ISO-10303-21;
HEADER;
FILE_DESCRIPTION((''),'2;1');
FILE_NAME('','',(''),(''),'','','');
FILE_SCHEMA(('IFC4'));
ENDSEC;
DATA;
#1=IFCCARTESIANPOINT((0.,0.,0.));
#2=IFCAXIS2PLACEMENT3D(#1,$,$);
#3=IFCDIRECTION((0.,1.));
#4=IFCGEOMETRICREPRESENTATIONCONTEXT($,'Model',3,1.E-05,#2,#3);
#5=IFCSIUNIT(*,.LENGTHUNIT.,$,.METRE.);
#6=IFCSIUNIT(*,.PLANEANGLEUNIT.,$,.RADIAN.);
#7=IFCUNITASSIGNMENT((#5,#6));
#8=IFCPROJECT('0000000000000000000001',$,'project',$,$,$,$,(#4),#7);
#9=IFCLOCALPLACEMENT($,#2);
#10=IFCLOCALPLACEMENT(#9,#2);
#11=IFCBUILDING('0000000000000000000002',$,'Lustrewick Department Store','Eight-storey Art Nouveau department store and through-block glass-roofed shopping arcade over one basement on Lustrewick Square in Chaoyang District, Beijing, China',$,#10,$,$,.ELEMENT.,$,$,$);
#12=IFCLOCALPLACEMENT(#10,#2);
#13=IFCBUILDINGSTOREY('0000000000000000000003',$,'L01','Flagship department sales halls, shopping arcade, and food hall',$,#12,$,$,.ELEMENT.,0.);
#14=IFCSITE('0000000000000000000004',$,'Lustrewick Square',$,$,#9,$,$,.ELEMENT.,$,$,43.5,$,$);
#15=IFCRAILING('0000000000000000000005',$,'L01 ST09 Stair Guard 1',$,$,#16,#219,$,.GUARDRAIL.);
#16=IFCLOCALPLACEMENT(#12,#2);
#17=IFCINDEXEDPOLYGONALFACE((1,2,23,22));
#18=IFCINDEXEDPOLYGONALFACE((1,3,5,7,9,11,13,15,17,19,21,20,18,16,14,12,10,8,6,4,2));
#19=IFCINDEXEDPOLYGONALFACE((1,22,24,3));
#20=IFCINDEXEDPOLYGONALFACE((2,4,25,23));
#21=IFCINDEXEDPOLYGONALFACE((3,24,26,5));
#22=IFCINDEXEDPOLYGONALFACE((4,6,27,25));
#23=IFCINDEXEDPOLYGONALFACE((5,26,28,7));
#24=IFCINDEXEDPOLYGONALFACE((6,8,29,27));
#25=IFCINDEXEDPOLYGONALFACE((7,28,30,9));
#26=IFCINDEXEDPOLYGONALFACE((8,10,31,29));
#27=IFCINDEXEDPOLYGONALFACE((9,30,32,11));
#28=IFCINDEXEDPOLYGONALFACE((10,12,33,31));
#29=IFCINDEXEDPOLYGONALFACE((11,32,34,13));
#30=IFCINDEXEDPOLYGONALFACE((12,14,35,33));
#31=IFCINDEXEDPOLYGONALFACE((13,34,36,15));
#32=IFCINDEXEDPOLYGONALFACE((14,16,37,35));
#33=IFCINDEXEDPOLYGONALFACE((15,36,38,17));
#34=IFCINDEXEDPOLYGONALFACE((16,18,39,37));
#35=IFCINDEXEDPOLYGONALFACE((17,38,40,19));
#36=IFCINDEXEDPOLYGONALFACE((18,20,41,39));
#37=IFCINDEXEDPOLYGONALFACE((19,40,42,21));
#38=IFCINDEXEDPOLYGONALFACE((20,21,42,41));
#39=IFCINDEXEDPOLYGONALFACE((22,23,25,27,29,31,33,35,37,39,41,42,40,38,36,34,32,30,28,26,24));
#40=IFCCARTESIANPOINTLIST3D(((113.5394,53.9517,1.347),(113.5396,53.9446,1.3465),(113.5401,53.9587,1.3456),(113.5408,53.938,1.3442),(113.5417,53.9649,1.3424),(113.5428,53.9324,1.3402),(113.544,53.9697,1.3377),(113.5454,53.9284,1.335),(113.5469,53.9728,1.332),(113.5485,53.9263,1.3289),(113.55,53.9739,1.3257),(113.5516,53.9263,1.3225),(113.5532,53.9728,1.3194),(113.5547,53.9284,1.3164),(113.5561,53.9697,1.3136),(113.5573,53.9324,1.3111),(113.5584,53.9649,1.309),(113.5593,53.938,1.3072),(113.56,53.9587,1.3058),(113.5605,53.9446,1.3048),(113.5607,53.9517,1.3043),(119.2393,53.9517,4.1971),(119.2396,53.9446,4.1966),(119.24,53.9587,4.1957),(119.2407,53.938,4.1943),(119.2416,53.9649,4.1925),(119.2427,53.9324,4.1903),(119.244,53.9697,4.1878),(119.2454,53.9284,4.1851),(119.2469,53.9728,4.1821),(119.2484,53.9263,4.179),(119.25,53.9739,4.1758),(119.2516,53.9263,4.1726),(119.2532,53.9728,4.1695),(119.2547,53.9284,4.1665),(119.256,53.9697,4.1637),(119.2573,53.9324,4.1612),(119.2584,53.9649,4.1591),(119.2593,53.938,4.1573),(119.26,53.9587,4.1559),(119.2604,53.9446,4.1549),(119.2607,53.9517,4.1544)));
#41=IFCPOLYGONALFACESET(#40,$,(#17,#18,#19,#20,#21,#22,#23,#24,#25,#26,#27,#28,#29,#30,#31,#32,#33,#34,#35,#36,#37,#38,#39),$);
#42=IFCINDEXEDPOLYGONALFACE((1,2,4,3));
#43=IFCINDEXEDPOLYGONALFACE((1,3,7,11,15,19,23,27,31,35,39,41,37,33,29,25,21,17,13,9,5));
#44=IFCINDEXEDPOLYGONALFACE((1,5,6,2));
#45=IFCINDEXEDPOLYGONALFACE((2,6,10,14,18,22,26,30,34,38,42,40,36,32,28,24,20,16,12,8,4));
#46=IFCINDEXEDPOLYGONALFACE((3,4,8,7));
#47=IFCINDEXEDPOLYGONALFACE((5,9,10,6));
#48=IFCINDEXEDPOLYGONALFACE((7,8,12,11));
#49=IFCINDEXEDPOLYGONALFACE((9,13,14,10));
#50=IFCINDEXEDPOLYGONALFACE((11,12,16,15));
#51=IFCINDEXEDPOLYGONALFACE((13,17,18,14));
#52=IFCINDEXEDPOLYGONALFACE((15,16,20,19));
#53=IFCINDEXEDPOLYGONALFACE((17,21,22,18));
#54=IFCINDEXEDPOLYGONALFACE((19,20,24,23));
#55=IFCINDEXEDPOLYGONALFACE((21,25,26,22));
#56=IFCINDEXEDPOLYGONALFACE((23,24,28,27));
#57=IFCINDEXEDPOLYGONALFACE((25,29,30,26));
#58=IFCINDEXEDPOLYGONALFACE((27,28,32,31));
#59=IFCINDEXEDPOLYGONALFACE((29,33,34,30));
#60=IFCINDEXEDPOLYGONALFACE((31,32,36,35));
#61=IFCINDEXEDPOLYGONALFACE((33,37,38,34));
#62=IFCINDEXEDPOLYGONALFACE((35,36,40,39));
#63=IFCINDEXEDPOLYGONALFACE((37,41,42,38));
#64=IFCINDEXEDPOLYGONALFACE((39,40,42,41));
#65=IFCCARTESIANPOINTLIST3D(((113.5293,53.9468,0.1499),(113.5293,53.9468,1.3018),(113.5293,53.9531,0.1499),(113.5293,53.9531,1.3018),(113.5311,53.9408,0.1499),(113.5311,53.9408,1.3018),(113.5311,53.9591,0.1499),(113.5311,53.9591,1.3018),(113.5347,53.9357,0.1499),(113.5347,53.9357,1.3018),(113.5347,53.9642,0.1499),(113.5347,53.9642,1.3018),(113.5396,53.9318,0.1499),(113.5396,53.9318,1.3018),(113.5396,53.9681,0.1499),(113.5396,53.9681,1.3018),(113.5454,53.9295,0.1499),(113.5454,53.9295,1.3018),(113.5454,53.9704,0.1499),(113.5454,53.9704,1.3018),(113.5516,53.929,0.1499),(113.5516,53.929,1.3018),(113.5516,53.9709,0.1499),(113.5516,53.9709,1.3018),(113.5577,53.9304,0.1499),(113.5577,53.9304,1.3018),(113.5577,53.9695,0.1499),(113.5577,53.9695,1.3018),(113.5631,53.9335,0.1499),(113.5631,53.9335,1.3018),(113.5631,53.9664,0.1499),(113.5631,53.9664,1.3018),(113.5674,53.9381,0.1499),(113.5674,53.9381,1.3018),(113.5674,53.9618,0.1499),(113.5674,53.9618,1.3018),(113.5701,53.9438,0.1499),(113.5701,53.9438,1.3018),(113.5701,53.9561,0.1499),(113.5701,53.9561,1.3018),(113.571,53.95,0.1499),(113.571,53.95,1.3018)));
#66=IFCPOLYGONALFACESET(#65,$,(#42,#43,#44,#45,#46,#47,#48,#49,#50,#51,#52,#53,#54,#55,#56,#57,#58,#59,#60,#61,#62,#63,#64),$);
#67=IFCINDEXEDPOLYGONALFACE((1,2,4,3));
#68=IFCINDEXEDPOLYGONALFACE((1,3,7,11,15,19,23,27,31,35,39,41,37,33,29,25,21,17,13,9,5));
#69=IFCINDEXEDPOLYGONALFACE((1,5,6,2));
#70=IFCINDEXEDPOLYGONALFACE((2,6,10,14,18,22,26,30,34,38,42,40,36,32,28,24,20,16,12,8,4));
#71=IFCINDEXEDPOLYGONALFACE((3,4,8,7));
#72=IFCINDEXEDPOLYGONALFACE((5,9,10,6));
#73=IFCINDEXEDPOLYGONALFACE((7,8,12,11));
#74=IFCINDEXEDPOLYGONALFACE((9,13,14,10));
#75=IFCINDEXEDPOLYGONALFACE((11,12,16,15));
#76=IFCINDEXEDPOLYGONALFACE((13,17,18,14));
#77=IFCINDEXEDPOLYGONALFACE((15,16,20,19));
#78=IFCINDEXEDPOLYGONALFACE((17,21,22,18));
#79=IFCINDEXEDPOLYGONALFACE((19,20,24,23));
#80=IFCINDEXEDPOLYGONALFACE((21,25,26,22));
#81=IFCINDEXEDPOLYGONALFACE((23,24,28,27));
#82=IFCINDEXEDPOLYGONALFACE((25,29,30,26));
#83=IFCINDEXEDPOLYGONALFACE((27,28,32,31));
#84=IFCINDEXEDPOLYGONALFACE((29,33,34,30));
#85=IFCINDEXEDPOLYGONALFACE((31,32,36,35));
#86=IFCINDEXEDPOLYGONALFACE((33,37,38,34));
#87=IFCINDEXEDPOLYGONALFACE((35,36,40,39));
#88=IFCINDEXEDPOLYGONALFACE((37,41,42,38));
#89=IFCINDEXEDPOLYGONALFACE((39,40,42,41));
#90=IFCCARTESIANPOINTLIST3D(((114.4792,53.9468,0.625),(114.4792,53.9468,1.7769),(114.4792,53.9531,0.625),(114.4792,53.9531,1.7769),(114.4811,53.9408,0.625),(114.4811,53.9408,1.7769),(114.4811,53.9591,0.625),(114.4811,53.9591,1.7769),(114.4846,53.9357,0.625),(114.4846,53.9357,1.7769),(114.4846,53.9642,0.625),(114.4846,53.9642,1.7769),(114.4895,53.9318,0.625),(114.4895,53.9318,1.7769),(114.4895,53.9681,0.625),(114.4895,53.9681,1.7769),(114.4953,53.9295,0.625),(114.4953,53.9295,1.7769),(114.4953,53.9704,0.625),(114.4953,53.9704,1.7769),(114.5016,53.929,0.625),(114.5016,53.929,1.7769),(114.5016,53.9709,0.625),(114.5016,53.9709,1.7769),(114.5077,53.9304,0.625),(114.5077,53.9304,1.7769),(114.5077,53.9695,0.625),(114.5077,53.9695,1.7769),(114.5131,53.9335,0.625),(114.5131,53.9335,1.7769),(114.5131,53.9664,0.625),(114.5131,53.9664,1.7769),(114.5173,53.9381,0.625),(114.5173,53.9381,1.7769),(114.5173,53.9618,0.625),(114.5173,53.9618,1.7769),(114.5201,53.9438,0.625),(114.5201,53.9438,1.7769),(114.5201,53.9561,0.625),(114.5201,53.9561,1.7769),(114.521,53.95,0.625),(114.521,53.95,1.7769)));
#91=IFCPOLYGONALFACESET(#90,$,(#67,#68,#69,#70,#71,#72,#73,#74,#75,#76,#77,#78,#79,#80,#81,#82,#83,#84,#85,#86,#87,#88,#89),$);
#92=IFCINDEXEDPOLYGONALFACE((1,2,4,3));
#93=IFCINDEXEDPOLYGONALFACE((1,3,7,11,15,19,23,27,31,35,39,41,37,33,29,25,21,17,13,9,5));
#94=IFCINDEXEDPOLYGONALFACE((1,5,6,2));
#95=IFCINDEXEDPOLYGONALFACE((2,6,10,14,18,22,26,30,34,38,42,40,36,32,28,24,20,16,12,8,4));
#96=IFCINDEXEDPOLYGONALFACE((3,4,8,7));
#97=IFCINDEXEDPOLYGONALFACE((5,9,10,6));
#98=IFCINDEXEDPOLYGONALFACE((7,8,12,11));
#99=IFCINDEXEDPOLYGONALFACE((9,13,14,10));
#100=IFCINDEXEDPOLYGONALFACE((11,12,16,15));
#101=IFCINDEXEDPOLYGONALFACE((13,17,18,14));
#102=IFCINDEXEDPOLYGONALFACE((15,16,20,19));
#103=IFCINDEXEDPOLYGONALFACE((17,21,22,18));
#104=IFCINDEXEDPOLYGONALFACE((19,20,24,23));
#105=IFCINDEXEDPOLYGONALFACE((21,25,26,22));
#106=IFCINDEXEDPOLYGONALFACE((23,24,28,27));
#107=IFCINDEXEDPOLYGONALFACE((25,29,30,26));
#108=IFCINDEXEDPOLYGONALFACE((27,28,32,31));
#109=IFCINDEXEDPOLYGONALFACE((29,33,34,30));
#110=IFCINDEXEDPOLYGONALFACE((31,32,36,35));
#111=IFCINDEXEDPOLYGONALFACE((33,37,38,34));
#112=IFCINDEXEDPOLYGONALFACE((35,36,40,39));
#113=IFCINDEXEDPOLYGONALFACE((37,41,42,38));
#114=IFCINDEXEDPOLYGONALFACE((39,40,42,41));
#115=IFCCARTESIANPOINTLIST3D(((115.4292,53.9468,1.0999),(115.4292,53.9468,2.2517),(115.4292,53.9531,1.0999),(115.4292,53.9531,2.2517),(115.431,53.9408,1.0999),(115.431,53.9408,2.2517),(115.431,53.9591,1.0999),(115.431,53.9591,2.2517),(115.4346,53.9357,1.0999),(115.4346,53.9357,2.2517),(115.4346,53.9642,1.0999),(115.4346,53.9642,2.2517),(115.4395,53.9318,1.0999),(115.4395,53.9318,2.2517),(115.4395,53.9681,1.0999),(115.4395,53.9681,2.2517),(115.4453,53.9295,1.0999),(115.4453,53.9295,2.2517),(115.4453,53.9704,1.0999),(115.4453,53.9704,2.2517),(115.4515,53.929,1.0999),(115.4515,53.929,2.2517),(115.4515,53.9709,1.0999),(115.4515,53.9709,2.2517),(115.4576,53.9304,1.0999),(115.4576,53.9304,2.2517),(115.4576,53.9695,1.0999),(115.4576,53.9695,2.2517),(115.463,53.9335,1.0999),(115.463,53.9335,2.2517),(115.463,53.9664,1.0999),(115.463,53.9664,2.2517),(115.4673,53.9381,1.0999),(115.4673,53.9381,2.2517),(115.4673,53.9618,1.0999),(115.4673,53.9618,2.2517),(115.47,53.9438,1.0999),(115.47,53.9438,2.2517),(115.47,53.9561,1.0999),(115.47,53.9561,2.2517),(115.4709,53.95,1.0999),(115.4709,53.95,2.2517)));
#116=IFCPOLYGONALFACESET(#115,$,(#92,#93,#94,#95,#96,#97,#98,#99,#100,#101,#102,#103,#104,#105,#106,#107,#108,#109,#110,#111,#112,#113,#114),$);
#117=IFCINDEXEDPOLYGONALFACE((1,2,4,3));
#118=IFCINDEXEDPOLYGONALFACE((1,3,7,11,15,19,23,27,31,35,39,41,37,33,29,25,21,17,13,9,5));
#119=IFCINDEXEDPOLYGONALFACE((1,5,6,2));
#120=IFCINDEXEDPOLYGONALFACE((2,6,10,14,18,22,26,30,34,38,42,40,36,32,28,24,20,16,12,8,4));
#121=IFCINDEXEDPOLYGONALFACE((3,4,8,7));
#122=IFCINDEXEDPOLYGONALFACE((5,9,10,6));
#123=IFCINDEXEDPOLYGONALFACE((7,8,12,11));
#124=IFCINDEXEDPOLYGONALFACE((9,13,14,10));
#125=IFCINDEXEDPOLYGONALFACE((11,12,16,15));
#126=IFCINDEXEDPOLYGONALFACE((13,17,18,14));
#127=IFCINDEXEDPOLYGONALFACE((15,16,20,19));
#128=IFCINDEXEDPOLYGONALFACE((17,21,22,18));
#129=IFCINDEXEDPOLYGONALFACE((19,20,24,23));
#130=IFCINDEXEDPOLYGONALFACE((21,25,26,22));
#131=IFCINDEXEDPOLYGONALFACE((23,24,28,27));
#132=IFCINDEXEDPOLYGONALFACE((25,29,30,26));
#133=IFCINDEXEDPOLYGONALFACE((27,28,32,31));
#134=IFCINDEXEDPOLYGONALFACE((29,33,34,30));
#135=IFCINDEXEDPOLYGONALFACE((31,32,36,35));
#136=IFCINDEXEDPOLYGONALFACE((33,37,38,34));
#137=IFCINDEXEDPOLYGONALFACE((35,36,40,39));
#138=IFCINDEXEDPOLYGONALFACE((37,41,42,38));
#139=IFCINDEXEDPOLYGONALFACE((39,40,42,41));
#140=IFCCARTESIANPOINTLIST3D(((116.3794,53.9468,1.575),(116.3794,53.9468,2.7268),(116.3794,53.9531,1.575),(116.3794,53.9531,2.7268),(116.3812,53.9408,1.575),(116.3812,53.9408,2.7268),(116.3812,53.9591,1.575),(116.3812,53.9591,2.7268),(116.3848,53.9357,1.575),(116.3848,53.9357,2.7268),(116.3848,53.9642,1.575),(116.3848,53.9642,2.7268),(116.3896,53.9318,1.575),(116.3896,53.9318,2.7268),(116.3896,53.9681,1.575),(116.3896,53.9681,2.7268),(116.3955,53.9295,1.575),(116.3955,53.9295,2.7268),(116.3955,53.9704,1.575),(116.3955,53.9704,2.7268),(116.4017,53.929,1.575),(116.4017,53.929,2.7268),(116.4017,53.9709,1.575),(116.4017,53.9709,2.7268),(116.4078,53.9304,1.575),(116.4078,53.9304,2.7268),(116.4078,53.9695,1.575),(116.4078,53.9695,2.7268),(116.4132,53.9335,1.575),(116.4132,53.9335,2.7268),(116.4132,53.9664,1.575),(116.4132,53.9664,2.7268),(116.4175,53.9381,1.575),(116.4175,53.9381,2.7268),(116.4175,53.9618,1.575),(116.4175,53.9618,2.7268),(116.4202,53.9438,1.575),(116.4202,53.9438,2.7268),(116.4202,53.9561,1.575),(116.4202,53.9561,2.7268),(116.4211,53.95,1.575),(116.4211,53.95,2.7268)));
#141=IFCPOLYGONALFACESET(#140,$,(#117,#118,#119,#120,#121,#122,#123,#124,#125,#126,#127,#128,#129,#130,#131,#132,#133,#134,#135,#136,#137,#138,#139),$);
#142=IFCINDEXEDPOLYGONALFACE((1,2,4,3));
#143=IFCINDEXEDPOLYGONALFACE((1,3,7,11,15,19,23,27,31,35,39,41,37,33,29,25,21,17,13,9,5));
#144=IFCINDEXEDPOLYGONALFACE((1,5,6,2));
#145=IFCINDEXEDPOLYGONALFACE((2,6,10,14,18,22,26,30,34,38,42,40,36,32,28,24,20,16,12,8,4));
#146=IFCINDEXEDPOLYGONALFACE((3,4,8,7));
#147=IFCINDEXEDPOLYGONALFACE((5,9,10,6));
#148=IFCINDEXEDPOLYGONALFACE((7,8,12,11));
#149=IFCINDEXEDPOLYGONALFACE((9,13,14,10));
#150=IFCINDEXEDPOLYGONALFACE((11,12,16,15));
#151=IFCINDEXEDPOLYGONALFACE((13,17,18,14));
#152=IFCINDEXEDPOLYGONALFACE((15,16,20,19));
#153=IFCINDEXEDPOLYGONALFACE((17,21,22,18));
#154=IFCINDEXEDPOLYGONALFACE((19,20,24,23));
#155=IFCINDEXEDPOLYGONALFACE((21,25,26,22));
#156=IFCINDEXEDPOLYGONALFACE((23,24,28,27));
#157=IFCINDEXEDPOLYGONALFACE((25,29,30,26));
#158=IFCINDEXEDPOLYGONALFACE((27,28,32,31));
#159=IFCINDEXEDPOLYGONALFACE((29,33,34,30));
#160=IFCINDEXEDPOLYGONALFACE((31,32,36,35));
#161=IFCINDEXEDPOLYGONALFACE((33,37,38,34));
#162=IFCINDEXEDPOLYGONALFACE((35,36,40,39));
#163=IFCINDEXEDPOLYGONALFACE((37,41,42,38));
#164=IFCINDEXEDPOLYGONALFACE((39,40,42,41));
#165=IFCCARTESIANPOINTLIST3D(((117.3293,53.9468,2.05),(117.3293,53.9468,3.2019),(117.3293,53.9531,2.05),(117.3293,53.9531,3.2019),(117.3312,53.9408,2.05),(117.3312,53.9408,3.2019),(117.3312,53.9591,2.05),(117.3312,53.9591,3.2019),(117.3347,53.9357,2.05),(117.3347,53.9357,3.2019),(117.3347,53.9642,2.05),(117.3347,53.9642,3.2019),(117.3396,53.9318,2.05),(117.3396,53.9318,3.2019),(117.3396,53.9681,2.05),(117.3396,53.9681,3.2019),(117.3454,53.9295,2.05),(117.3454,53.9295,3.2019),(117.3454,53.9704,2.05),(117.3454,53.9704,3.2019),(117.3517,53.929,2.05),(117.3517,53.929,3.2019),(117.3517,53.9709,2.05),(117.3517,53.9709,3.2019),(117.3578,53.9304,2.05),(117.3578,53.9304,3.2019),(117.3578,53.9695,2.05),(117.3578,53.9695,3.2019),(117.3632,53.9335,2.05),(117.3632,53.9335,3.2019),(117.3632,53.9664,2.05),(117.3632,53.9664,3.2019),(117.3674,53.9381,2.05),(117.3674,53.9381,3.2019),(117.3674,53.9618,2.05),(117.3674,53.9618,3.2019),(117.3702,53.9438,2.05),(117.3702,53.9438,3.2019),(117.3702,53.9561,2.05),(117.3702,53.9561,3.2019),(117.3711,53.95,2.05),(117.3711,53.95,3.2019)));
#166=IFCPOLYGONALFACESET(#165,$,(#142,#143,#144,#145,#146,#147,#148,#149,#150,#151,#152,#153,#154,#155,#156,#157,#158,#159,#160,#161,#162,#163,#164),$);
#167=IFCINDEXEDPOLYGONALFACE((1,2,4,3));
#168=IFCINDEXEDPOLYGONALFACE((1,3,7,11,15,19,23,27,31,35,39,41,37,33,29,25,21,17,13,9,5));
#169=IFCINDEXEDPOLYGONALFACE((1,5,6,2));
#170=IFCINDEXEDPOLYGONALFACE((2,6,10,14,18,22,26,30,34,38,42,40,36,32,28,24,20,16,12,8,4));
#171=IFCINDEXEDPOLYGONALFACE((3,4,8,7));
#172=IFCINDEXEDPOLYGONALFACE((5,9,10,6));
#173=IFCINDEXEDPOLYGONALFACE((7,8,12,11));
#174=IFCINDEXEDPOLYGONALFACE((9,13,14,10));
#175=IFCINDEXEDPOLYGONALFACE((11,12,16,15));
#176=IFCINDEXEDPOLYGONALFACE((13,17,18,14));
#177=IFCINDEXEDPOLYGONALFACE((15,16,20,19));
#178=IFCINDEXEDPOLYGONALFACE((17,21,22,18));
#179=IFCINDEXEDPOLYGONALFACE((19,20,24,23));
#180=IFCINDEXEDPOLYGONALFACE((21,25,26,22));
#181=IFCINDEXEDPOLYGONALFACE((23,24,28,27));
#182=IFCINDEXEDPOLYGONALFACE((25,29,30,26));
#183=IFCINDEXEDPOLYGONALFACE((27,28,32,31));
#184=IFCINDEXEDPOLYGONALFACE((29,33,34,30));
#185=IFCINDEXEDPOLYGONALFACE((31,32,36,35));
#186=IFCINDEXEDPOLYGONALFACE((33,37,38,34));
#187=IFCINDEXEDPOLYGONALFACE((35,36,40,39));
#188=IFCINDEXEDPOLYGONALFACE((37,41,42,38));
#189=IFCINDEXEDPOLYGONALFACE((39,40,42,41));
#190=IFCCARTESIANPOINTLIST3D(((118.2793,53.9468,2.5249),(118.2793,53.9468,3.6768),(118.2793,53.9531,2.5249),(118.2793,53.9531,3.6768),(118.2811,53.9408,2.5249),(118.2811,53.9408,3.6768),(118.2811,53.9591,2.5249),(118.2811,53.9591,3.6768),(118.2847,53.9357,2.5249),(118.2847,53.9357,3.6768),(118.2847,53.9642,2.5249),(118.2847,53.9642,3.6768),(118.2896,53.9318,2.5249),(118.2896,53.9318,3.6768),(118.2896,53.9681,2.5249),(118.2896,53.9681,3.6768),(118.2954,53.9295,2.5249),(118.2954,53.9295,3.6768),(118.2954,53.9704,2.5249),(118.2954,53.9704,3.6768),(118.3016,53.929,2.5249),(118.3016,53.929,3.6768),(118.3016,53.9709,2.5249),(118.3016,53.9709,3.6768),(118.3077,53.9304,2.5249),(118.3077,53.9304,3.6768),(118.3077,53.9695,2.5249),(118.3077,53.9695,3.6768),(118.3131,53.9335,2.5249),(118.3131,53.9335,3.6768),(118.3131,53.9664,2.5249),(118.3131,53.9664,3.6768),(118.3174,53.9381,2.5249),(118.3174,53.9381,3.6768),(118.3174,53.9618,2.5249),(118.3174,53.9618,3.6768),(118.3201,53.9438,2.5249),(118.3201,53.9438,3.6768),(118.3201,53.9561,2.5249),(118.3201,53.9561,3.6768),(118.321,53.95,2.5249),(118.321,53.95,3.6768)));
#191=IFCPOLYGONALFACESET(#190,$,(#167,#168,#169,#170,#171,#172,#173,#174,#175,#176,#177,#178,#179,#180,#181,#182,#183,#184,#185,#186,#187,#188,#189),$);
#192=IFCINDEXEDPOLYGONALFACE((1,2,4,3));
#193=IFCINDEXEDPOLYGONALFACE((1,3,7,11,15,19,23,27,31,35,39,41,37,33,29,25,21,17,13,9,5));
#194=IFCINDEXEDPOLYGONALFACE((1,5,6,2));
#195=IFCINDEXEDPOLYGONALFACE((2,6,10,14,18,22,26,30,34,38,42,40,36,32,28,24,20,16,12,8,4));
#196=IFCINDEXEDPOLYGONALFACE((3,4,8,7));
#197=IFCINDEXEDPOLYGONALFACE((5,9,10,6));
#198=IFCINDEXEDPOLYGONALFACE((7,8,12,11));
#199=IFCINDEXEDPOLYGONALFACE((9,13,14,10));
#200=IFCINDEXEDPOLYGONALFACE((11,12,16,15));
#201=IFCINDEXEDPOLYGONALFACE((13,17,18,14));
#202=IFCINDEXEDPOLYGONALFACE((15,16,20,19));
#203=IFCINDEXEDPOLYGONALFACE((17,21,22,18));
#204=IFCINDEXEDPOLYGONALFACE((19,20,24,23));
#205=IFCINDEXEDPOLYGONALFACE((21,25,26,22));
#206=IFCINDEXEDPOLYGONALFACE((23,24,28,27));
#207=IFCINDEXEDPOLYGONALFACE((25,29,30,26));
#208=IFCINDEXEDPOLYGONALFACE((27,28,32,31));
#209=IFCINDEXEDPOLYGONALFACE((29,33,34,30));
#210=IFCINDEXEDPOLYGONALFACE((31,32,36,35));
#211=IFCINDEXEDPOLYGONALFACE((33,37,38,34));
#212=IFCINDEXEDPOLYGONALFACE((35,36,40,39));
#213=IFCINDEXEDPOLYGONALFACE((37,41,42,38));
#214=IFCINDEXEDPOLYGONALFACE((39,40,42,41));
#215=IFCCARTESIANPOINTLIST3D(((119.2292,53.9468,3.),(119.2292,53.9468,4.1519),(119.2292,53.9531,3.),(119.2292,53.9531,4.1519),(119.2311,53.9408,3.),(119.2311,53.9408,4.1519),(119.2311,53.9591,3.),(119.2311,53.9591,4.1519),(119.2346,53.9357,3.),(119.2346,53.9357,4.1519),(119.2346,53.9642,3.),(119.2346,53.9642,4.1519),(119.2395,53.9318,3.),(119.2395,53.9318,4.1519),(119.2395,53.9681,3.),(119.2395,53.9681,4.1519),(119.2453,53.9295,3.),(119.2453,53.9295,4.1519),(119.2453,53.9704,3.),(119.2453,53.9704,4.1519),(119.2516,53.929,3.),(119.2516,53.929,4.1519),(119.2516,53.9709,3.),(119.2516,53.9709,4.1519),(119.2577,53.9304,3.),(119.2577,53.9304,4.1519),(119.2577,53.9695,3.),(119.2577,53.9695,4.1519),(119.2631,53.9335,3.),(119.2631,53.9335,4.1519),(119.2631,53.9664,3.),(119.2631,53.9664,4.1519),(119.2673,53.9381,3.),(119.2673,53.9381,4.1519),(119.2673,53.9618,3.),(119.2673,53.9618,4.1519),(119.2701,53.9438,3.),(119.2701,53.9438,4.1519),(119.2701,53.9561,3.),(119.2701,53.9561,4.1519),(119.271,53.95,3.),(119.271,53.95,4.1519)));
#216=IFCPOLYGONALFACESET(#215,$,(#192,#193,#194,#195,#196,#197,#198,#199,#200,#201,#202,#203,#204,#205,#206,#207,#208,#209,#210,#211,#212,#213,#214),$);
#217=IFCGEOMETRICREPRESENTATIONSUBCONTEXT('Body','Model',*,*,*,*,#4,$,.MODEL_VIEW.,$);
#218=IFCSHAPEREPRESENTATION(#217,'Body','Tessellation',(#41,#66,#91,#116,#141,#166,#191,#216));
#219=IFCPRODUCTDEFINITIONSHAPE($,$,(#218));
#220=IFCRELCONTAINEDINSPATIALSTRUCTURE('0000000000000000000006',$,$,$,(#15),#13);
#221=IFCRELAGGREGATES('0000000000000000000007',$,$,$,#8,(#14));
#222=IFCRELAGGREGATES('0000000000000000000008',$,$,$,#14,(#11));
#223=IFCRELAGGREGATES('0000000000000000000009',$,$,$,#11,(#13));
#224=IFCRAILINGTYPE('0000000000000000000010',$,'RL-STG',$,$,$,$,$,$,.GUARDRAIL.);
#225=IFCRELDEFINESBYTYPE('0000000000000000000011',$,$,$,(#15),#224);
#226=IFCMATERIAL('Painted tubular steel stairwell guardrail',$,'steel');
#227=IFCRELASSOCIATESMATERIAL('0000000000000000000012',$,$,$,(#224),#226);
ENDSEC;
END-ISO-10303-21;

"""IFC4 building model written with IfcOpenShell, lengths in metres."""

from ifc_helpers import new_model, si_unit, direction, frame, origin, origin_2d, place, context, subcontext, project, spatial, circle, extrude, material, type_object, element, save


model = new_model("IFC4")

# Units and contexts
model_context = context("Model", 3, precision=1e-05, world=origin(), true_north=direction((0.0, 1.0)))
body_context = subcontext(model_context, "Body", "Model", "MODEL_VIEW")
ifc_project = project(units=[si_unit("LENGTHUNIT", "METRE"), si_unit("PLANEANGLEUNIT", "RADIAN")], contexts=[model_context])

# Site, building, storey
site_placement = place(None, origin())
site = spatial("IfcSite", under=ifc_project, at=site_placement, Name="Lustrewick Square", CompositionType="ELEMENT", RefElevation=43.5)
building_placement = place(site_placement, origin())
building = spatial("IfcBuilding", under=site, at=building_placement, Name="Lustrewick Department Store", Description="Eight-storey Art Nouveau department store and through-block glass-roofed shopping arcade over one basement on Lustrewick Square in Chaoyang District, Beijing, China", CompositionType="ELEMENT")
storey_placement = place(building_placement, origin())
storey = spatial("IfcBuildingStorey", under=building, at=storey_placement, Name="L01", Description="Flagship department sales halls, shopping arcade, and food hall", CompositionType="ELEMENT", Elevation=0.0)

# Railing
ifc_material_1 = material(Name="Painted tubular steel stairwell guardrail", Category="steel")
railing_type_1 = type_object("IfcRailingType", Name="RL-STG", PredefinedType="GUARDRAIL", material=ifc_material_1)
railing_1_placement = place(storey_placement, frame((113.55, 53.95, 0.1499)))
element("IfcRailing", 1, at=railing_1_placement, inside=storey, type_object=railing_type_1, Name="L01 ST09 Stair Guard 1", PredefinedType="GUARDRAIL", context=body_context, shape_type="SweptSolid", body=[
    extrude(circle(Radius=0.0239, at=origin_2d()), frame((0.0, 0.0, 1.1758), z_axis=(0.89442, 0.0, 0.447229), x_axis=(0.0, 1.0, 0.0)), (0.0, 0.0, 1.0), 6.3728),
    extrude(circle(Radius=0.021, at=origin_2d()), origin(), (0.0, 0.0, 1.0), 1.1519),
    extrude(circle(Radius=0.021, at=origin_2d()), frame((0.95, 0.0, 0.4751)), (0.0, 0.0, 1.0), 1.1519),
    extrude(circle(Radius=0.021, at=origin_2d()), frame((1.8999, 0.0, 0.95)), (0.0, 0.0, 1.0), 1.1519),
    extrude(circle(Radius=0.021, at=origin_2d()), frame((2.8501, 0.0, 1.425)), (0.0, 0.0, 1.0), 1.1519),
    extrude(circle(Radius=0.021, at=origin_2d()), frame((3.8, 0.0, 1.9001)), (0.0, 0.0, 1.0), 1.1519),
    extrude(circle(Radius=0.021, at=origin_2d()), frame((4.75, 0.0, 2.375)), (0.0, 0.0, 1.0), 1.1519),
    extrude(circle(Radius=0.021, at=origin_2d()), frame((5.7, 0.0, 2.8501)), (0.0, 0.0, 1.0), 1.1519),
])

save(model, "model.ifc")
